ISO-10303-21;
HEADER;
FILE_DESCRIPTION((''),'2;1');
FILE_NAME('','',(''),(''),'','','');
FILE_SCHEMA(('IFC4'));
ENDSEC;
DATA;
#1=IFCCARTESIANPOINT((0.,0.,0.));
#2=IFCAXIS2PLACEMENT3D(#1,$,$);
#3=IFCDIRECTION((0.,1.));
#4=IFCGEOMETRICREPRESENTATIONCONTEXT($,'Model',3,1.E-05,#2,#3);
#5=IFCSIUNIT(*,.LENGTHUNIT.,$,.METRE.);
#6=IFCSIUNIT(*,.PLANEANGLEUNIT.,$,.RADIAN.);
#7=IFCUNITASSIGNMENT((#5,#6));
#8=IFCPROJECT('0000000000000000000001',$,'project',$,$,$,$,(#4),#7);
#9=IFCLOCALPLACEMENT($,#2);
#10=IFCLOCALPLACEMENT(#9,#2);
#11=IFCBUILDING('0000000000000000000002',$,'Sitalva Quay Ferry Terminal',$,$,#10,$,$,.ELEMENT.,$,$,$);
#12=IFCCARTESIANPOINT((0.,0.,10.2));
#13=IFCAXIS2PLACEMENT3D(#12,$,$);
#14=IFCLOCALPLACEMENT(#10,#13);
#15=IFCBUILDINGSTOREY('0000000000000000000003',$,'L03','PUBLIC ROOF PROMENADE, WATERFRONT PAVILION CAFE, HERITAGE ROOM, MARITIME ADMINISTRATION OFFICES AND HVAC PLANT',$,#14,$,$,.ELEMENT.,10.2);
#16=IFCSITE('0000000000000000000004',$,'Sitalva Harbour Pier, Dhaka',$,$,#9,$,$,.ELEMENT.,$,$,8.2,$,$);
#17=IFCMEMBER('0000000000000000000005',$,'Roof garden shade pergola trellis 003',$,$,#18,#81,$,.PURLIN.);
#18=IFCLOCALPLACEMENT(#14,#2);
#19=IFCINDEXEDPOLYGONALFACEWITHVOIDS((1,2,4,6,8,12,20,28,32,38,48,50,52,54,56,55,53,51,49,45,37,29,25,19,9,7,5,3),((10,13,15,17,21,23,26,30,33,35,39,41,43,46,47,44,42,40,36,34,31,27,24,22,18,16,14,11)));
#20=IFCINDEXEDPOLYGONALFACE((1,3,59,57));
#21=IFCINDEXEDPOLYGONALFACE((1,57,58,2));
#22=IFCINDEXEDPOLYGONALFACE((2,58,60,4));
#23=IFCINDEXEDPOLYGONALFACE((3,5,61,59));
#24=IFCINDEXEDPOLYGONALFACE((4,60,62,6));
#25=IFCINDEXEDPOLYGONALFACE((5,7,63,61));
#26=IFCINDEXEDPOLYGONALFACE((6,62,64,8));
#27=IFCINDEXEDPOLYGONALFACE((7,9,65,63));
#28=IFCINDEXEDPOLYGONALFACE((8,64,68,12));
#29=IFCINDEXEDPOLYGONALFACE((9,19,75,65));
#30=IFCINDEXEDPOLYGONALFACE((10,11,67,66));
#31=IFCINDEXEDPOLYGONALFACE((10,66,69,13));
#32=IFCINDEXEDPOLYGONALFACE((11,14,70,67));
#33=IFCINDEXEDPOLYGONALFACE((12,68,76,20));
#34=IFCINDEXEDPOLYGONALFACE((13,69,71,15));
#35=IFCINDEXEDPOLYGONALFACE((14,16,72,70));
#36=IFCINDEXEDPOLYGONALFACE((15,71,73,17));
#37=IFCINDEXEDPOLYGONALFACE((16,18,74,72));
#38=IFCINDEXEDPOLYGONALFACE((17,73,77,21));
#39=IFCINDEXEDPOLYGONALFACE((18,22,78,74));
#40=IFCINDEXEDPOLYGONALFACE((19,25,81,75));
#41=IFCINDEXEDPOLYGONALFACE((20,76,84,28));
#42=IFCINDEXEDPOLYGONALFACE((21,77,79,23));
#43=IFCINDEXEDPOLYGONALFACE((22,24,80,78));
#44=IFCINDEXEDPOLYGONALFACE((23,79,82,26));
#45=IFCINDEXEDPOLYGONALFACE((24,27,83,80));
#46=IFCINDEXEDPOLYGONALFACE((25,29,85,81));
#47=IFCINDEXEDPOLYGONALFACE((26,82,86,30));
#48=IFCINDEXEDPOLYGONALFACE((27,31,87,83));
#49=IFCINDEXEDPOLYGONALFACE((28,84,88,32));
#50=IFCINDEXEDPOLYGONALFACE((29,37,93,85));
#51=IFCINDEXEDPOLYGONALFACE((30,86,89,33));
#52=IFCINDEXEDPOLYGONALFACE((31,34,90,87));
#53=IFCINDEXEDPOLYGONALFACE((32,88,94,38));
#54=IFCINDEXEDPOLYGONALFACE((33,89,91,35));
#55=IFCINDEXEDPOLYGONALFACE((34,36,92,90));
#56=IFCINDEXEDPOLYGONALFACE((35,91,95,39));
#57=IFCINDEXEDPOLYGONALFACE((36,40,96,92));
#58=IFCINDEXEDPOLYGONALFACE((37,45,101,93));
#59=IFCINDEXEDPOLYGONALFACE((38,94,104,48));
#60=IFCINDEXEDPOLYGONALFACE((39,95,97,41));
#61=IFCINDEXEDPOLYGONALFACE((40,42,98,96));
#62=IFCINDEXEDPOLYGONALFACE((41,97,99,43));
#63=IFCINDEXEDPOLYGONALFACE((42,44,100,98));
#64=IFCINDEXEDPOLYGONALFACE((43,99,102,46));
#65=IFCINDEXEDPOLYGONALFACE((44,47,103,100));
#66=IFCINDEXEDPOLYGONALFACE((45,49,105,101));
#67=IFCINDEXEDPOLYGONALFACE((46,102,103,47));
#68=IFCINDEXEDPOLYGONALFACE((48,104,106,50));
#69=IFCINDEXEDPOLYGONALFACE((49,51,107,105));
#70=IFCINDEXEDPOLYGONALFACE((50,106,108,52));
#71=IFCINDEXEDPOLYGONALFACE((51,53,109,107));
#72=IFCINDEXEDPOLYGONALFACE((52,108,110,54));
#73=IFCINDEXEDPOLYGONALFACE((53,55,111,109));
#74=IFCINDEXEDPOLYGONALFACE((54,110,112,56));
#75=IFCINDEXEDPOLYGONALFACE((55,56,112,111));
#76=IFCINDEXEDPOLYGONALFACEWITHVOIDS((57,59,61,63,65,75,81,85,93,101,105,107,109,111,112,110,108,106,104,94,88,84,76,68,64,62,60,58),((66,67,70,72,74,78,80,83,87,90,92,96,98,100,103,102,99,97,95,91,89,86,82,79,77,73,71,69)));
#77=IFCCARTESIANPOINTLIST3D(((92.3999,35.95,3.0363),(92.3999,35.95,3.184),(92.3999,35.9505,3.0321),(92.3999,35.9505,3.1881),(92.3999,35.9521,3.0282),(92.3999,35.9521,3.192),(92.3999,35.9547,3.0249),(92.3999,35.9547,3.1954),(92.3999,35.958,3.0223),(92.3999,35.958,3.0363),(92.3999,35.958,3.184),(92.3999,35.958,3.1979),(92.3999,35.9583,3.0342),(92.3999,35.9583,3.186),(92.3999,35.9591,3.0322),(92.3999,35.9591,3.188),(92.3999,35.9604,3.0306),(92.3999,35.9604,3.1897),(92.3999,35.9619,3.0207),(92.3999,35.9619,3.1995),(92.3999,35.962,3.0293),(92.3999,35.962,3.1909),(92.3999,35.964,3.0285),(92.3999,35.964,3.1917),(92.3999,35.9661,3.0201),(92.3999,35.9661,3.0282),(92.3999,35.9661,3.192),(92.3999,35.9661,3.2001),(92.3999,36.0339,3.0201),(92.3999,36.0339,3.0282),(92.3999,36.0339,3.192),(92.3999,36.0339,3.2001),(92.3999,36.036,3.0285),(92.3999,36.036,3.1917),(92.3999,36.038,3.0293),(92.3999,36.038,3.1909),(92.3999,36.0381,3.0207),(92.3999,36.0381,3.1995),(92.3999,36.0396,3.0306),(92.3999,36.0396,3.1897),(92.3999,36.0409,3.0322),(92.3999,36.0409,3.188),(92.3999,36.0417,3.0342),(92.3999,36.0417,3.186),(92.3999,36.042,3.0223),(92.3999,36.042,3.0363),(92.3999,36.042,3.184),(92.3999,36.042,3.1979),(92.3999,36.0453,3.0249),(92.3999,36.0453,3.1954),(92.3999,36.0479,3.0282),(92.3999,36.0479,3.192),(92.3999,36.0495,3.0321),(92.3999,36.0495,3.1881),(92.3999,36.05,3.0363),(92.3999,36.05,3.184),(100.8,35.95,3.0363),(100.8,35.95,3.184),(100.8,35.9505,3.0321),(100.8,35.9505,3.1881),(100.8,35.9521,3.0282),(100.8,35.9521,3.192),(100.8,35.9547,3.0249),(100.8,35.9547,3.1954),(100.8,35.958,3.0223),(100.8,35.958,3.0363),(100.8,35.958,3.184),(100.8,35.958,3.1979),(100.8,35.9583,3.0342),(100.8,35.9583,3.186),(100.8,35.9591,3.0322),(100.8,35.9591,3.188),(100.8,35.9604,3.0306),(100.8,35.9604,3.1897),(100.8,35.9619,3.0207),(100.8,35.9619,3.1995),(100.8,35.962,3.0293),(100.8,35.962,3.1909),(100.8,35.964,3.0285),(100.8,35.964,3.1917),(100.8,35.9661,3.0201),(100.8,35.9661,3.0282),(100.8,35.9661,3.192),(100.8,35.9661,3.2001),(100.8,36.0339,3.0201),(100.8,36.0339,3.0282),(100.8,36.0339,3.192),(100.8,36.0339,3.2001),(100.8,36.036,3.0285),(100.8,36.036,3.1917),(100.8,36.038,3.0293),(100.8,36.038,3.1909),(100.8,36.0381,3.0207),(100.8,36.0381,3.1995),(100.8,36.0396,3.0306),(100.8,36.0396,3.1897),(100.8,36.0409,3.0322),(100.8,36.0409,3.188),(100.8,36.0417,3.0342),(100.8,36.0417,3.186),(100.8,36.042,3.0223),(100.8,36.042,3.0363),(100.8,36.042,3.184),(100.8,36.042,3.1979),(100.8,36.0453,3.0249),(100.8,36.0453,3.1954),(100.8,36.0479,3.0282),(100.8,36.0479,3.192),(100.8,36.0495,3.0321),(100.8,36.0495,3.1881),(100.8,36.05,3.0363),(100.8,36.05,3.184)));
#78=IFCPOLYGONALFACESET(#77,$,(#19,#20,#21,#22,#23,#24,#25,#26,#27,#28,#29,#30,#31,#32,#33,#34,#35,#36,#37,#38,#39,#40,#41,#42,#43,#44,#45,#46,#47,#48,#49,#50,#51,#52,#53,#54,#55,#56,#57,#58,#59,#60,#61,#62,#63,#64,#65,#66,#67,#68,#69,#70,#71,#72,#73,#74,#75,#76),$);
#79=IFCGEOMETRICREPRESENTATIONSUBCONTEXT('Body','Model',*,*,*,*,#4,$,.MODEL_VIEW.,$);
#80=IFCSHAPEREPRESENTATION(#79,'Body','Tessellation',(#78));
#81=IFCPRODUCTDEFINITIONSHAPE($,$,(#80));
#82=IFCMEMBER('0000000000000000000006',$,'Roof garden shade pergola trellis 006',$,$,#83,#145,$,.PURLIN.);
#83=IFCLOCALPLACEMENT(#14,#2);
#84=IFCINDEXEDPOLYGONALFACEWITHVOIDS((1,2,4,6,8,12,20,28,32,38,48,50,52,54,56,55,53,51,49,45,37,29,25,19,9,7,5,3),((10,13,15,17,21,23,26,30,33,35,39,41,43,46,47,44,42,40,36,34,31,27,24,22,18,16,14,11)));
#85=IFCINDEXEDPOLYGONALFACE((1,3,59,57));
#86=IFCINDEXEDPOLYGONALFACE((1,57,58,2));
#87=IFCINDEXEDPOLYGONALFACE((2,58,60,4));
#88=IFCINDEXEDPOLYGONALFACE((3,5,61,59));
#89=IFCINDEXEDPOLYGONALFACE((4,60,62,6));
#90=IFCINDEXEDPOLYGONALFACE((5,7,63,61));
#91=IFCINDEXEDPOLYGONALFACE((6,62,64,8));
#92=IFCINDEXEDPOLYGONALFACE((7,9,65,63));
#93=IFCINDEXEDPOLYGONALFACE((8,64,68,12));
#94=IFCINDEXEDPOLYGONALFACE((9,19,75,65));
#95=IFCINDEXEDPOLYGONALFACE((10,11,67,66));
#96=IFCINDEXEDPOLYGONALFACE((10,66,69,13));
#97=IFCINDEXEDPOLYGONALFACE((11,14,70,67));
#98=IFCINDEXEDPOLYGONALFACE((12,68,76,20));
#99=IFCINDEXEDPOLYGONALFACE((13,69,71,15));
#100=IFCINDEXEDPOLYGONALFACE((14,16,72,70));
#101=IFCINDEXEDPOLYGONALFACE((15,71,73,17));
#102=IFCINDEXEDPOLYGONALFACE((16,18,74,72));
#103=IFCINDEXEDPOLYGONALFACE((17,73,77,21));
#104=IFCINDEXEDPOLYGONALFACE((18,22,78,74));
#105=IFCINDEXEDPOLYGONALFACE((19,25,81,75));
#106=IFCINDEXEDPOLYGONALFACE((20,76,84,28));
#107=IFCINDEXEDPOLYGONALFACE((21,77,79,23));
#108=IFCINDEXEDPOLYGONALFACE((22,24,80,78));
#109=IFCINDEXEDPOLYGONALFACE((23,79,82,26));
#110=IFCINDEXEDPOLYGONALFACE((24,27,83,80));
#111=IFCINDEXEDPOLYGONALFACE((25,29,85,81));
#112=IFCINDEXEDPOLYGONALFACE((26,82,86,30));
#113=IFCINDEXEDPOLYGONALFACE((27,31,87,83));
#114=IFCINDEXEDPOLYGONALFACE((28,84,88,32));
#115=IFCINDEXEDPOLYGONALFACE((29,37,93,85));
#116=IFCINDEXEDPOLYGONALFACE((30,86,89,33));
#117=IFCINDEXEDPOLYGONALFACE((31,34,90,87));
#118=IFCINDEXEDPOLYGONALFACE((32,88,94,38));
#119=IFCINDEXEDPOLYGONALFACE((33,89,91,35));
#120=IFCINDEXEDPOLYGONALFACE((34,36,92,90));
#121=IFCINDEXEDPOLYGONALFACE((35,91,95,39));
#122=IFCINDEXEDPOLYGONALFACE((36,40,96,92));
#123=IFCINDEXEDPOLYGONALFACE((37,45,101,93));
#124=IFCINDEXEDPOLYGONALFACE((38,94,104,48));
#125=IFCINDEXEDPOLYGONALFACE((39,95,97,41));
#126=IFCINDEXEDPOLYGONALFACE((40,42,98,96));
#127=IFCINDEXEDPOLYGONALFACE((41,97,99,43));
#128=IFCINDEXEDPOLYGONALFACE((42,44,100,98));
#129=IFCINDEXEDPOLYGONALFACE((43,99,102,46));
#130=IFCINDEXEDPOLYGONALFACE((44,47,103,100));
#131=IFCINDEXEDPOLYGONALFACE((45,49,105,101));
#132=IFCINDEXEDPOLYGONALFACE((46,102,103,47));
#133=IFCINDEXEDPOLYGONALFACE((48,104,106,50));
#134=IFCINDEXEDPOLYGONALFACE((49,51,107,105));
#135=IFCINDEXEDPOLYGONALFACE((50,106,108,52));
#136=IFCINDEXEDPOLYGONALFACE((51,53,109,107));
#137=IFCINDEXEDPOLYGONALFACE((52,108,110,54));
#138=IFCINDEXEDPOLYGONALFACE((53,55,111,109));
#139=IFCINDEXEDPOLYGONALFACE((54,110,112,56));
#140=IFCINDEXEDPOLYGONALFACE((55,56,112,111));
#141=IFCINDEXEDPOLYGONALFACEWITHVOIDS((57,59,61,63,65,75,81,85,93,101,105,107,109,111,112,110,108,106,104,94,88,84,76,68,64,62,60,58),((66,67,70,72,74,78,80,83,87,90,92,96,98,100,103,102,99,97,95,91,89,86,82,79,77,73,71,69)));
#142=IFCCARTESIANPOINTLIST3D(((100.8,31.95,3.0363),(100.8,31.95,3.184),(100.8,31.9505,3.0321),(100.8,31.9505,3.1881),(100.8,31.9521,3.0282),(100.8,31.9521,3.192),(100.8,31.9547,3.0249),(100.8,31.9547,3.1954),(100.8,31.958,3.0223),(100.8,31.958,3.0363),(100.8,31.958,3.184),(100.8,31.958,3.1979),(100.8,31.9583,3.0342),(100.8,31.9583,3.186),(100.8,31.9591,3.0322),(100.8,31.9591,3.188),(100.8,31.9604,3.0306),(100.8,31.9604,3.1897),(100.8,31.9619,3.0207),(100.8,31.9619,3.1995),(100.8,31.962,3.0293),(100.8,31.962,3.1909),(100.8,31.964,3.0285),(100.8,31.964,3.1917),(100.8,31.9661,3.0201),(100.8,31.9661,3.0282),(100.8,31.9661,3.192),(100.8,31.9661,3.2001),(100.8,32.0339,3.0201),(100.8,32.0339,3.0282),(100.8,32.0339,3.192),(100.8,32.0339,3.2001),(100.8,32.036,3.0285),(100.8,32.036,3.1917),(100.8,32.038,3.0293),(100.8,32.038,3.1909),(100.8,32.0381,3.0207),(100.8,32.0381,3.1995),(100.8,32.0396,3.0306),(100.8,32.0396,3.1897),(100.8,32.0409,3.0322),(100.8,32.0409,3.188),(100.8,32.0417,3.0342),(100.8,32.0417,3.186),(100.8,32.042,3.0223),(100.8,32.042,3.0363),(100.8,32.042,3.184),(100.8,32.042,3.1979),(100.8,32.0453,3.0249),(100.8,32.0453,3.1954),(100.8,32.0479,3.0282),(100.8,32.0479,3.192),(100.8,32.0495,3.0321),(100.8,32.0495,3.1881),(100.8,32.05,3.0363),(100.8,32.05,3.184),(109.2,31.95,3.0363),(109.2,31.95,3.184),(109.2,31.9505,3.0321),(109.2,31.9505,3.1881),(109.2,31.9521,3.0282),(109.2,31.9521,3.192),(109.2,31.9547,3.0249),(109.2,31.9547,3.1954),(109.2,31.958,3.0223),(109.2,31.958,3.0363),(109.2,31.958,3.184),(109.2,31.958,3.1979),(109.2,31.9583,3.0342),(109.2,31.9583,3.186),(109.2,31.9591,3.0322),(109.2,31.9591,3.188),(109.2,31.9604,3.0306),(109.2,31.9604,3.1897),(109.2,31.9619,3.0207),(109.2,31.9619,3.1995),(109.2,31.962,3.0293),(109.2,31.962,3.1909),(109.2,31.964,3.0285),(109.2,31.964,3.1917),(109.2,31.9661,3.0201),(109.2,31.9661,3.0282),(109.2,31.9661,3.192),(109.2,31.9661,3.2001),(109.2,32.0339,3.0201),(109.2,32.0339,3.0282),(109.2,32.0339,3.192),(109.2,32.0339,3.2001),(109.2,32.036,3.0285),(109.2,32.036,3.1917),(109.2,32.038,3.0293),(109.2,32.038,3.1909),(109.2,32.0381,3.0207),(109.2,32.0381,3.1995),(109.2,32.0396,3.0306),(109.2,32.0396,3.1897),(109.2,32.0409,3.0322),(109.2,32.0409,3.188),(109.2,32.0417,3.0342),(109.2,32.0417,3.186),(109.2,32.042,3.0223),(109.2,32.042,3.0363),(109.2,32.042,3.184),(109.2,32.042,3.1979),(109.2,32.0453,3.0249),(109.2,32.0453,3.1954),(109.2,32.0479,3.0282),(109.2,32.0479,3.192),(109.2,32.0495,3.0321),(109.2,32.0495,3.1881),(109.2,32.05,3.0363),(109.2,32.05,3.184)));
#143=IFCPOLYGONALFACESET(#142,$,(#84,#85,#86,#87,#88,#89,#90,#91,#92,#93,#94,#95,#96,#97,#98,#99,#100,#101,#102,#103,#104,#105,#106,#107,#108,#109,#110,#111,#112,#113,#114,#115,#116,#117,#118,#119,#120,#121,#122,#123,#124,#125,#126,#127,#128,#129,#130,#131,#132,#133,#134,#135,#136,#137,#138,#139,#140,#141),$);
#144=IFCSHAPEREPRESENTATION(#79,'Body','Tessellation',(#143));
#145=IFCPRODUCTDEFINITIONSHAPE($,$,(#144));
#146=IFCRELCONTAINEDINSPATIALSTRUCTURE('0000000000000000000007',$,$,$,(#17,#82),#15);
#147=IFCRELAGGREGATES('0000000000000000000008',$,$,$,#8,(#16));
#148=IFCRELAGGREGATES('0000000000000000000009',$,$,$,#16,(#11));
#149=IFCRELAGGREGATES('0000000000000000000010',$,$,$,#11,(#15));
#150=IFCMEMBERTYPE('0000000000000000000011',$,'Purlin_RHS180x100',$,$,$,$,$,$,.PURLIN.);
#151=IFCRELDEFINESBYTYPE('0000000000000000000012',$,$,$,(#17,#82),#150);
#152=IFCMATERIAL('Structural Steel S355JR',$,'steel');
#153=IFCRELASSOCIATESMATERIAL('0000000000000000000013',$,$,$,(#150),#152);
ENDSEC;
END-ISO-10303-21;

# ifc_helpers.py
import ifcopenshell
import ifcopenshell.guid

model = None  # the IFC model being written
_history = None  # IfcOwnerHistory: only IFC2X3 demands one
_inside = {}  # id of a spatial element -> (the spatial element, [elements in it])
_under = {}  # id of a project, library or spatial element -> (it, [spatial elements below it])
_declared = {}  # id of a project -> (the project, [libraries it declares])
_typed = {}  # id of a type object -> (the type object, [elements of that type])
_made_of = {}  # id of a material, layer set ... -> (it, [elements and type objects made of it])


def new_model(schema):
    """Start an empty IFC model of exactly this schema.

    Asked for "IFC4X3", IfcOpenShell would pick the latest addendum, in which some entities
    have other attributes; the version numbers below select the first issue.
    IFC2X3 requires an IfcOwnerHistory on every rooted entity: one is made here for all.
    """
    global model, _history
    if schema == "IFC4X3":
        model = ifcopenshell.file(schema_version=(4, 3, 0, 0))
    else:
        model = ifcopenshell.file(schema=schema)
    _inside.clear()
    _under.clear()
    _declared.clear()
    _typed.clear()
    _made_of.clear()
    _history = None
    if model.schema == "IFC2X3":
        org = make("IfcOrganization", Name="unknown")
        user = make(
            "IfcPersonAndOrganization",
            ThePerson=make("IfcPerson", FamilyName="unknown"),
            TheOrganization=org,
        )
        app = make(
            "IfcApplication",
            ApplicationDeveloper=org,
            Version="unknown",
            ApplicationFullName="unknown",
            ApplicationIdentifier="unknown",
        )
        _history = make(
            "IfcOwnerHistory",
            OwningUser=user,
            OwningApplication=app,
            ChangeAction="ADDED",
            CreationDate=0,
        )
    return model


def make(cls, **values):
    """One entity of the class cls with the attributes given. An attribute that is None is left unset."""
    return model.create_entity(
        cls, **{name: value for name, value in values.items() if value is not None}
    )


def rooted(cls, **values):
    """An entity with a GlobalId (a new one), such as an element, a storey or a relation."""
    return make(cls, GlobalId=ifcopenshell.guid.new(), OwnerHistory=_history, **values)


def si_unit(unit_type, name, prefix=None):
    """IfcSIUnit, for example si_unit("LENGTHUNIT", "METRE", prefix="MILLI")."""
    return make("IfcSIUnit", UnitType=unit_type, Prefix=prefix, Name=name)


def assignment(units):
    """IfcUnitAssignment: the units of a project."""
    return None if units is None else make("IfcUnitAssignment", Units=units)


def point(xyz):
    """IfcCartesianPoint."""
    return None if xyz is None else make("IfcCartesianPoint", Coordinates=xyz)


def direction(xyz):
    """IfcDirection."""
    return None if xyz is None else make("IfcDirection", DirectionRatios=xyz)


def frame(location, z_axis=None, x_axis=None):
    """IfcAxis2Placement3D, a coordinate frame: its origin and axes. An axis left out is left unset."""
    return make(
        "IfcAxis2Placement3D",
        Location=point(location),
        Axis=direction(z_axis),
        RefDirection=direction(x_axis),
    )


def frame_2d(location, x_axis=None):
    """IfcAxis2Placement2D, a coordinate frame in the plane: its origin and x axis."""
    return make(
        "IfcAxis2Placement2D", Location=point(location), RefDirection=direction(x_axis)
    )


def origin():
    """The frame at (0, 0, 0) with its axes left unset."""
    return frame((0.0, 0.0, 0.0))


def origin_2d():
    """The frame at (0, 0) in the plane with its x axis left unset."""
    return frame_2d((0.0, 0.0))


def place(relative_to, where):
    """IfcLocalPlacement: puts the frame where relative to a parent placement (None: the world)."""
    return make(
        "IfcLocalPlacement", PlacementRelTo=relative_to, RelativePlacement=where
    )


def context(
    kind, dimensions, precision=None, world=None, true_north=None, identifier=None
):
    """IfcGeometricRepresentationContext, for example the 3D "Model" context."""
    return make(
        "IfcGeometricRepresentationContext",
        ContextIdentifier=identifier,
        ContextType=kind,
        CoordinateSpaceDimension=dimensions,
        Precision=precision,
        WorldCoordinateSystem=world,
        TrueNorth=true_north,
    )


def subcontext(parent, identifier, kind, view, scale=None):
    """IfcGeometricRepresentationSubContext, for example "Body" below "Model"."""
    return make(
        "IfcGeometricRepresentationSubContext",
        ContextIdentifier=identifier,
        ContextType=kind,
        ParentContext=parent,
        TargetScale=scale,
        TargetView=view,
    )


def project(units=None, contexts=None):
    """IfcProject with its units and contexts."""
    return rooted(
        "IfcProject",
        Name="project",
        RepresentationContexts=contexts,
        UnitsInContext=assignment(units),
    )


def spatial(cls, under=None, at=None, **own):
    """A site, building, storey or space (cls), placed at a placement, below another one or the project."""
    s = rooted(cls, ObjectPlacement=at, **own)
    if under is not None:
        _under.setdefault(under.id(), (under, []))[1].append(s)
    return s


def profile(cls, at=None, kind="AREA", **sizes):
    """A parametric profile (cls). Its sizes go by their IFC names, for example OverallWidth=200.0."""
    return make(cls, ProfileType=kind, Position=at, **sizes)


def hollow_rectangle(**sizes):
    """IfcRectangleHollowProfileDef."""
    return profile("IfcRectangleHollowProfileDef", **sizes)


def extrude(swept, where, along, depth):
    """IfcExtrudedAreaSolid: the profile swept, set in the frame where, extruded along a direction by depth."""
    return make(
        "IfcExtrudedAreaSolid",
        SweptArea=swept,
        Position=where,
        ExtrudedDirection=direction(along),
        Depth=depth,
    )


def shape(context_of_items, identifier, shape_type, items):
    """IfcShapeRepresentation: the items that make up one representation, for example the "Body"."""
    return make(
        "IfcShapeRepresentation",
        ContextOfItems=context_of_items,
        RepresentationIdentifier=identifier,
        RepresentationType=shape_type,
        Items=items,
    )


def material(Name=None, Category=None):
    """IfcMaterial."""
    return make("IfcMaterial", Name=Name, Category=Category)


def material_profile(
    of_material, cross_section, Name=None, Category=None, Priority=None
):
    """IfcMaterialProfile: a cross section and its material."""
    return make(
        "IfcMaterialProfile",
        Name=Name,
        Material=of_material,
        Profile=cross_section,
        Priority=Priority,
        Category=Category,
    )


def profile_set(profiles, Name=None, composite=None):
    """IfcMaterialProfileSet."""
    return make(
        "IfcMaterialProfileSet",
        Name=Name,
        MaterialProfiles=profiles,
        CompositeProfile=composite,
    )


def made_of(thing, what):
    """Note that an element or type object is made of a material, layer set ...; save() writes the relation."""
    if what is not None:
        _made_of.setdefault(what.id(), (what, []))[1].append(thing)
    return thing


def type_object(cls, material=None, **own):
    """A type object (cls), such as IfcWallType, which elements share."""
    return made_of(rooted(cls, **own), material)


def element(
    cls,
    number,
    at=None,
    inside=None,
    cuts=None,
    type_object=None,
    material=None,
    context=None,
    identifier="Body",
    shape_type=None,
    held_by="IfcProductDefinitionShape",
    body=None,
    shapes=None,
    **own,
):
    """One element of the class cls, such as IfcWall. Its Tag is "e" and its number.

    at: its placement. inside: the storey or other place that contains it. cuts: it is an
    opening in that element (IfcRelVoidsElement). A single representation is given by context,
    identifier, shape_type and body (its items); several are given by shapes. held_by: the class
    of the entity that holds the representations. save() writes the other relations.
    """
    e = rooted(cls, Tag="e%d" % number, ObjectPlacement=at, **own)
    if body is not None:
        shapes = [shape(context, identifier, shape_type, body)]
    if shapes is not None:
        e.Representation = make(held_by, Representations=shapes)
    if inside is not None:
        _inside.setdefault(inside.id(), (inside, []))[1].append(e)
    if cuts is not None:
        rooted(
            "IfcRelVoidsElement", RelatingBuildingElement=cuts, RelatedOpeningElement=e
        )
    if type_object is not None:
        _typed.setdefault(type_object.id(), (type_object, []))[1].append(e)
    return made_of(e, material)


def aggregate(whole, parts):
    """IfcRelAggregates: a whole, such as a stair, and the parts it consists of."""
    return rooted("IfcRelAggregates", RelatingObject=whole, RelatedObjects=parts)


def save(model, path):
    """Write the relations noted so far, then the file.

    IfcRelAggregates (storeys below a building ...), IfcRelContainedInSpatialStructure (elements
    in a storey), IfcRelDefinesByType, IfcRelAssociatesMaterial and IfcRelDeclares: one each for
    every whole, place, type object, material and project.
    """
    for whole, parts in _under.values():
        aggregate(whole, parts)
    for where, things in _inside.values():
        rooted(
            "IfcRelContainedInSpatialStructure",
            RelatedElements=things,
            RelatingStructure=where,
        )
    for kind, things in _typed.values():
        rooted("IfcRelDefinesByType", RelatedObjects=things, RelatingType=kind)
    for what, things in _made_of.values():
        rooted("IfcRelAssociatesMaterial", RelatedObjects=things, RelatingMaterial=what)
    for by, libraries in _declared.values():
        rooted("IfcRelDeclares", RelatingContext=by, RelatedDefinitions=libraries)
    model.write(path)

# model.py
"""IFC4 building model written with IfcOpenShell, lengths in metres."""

from ifc_helpers import new_model, si_unit, direction, frame, origin, origin_2d, place, context, subcontext, project, spatial, hollow_rectangle, extrude, material, material_profile, profile_set, type_object, element, save


model = new_model("IFC4")

# Units and contexts
model_context = context("Model", 3, precision=1e-05, world=origin(), true_north=direction((0.0, 1.0)))
body_context = subcontext(model_context, "Body", "Model", "MODEL_VIEW")
ifc_project = project(units=[si_unit("LENGTHUNIT", "METRE"), si_unit("PLANEANGLEUNIT", "RADIAN")], contexts=[model_context])

# Site, building, storey
site_placement = place(None, origin())
site = spatial("IfcSite", under=ifc_project, at=site_placement, Name="Sitalva Harbour Pier, Dhaka", CompositionType="ELEMENT", RefElevation=8.2)
building_placement = place(site_placement, origin())
building = spatial("IfcBuilding", under=site, at=building_placement, Name="Sitalva Quay Ferry Terminal", CompositionType="ELEMENT")
storey_placement = place(building_placement, frame((0.0, 0.0, 10.2)))
storey = spatial("IfcBuildingStorey", under=building, at=storey_placement, Name="L03", Description="PUBLIC ROOF PROMENADE, WATERFRONT PAVILION CAFE, HERITAGE ROOM, MARITIME ADMINISTRATION OFFICES AND HVAC PLANT", CompositionType="ELEMENT", Elevation=10.2)

# Members
ifc_material_1 = material(Name="Structural Steel S355JR", Category="steel")
ifc_material_profile_1 = material_profile(ifc_material_1, hollow_rectangle(XDim=0.1001, YDim=0.1799, WallThickness=0.0081, InnerFilletRadius=0.0081, OuterFilletRadius=0.0161, at=origin_2d()), Name="RHS180x100x8")
ifc_profile_set_1 = profile_set([ifc_material_profile_1], Name="Structural Steel S355JR")
member_type_1 = type_object("IfcMemberType", Name="Purlin_RHS180x100", PredefinedType="PURLIN", material=ifc_profile_set_1)
member_1_placement = place(storey_placement, frame((92.3999, 36.0, 3.1101), z_axis=(1.0, 0.0, 0.0), x_axis=(0.0, 1.0, 0.0)))
element("IfcMember", 1, at=member_1_placement, inside=storey, type_object=member_type_1, Name="Roof garden shade pergola trellis 003", PredefinedType="PURLIN", context=body_context, shape_type="SweptSolid", body=[
    extrude(hollow_rectangle(XDim=0.1001, YDim=0.1799, WallThickness=0.0081, InnerFilletRadius=0.0081, OuterFilletRadius=0.0161, at=origin_2d()), origin(), (0.0, 0.0, 1.0), 8.4001),
])
for number, where, z_axis, x_axis, name in (
    (2, (100.8, 32.0, 3.1101), (1.0, 0.0, 0.0), (0.0, 1.0, 0.0), "Roof garden shade pergola trellis 006"),
):
    element("IfcMember", number, at=place(storey_placement, frame(where, z_axis=z_axis, x_axis=x_axis)), inside=storey, type_object=member_type_1, Name=name, PredefinedType="PURLIN", context=body_context, shape_type="SweptSolid", body=[
        extrude(hollow_rectangle(XDim=0.1001, YDim=0.1799, WallThickness=0.0081, InnerFilletRadius=0.0081, OuterFilletRadius=0.0161, at=origin_2d()), origin(), (0.0, 0.0, 1.0), 8.3999),
    ])

save(model, "model.ifc")
